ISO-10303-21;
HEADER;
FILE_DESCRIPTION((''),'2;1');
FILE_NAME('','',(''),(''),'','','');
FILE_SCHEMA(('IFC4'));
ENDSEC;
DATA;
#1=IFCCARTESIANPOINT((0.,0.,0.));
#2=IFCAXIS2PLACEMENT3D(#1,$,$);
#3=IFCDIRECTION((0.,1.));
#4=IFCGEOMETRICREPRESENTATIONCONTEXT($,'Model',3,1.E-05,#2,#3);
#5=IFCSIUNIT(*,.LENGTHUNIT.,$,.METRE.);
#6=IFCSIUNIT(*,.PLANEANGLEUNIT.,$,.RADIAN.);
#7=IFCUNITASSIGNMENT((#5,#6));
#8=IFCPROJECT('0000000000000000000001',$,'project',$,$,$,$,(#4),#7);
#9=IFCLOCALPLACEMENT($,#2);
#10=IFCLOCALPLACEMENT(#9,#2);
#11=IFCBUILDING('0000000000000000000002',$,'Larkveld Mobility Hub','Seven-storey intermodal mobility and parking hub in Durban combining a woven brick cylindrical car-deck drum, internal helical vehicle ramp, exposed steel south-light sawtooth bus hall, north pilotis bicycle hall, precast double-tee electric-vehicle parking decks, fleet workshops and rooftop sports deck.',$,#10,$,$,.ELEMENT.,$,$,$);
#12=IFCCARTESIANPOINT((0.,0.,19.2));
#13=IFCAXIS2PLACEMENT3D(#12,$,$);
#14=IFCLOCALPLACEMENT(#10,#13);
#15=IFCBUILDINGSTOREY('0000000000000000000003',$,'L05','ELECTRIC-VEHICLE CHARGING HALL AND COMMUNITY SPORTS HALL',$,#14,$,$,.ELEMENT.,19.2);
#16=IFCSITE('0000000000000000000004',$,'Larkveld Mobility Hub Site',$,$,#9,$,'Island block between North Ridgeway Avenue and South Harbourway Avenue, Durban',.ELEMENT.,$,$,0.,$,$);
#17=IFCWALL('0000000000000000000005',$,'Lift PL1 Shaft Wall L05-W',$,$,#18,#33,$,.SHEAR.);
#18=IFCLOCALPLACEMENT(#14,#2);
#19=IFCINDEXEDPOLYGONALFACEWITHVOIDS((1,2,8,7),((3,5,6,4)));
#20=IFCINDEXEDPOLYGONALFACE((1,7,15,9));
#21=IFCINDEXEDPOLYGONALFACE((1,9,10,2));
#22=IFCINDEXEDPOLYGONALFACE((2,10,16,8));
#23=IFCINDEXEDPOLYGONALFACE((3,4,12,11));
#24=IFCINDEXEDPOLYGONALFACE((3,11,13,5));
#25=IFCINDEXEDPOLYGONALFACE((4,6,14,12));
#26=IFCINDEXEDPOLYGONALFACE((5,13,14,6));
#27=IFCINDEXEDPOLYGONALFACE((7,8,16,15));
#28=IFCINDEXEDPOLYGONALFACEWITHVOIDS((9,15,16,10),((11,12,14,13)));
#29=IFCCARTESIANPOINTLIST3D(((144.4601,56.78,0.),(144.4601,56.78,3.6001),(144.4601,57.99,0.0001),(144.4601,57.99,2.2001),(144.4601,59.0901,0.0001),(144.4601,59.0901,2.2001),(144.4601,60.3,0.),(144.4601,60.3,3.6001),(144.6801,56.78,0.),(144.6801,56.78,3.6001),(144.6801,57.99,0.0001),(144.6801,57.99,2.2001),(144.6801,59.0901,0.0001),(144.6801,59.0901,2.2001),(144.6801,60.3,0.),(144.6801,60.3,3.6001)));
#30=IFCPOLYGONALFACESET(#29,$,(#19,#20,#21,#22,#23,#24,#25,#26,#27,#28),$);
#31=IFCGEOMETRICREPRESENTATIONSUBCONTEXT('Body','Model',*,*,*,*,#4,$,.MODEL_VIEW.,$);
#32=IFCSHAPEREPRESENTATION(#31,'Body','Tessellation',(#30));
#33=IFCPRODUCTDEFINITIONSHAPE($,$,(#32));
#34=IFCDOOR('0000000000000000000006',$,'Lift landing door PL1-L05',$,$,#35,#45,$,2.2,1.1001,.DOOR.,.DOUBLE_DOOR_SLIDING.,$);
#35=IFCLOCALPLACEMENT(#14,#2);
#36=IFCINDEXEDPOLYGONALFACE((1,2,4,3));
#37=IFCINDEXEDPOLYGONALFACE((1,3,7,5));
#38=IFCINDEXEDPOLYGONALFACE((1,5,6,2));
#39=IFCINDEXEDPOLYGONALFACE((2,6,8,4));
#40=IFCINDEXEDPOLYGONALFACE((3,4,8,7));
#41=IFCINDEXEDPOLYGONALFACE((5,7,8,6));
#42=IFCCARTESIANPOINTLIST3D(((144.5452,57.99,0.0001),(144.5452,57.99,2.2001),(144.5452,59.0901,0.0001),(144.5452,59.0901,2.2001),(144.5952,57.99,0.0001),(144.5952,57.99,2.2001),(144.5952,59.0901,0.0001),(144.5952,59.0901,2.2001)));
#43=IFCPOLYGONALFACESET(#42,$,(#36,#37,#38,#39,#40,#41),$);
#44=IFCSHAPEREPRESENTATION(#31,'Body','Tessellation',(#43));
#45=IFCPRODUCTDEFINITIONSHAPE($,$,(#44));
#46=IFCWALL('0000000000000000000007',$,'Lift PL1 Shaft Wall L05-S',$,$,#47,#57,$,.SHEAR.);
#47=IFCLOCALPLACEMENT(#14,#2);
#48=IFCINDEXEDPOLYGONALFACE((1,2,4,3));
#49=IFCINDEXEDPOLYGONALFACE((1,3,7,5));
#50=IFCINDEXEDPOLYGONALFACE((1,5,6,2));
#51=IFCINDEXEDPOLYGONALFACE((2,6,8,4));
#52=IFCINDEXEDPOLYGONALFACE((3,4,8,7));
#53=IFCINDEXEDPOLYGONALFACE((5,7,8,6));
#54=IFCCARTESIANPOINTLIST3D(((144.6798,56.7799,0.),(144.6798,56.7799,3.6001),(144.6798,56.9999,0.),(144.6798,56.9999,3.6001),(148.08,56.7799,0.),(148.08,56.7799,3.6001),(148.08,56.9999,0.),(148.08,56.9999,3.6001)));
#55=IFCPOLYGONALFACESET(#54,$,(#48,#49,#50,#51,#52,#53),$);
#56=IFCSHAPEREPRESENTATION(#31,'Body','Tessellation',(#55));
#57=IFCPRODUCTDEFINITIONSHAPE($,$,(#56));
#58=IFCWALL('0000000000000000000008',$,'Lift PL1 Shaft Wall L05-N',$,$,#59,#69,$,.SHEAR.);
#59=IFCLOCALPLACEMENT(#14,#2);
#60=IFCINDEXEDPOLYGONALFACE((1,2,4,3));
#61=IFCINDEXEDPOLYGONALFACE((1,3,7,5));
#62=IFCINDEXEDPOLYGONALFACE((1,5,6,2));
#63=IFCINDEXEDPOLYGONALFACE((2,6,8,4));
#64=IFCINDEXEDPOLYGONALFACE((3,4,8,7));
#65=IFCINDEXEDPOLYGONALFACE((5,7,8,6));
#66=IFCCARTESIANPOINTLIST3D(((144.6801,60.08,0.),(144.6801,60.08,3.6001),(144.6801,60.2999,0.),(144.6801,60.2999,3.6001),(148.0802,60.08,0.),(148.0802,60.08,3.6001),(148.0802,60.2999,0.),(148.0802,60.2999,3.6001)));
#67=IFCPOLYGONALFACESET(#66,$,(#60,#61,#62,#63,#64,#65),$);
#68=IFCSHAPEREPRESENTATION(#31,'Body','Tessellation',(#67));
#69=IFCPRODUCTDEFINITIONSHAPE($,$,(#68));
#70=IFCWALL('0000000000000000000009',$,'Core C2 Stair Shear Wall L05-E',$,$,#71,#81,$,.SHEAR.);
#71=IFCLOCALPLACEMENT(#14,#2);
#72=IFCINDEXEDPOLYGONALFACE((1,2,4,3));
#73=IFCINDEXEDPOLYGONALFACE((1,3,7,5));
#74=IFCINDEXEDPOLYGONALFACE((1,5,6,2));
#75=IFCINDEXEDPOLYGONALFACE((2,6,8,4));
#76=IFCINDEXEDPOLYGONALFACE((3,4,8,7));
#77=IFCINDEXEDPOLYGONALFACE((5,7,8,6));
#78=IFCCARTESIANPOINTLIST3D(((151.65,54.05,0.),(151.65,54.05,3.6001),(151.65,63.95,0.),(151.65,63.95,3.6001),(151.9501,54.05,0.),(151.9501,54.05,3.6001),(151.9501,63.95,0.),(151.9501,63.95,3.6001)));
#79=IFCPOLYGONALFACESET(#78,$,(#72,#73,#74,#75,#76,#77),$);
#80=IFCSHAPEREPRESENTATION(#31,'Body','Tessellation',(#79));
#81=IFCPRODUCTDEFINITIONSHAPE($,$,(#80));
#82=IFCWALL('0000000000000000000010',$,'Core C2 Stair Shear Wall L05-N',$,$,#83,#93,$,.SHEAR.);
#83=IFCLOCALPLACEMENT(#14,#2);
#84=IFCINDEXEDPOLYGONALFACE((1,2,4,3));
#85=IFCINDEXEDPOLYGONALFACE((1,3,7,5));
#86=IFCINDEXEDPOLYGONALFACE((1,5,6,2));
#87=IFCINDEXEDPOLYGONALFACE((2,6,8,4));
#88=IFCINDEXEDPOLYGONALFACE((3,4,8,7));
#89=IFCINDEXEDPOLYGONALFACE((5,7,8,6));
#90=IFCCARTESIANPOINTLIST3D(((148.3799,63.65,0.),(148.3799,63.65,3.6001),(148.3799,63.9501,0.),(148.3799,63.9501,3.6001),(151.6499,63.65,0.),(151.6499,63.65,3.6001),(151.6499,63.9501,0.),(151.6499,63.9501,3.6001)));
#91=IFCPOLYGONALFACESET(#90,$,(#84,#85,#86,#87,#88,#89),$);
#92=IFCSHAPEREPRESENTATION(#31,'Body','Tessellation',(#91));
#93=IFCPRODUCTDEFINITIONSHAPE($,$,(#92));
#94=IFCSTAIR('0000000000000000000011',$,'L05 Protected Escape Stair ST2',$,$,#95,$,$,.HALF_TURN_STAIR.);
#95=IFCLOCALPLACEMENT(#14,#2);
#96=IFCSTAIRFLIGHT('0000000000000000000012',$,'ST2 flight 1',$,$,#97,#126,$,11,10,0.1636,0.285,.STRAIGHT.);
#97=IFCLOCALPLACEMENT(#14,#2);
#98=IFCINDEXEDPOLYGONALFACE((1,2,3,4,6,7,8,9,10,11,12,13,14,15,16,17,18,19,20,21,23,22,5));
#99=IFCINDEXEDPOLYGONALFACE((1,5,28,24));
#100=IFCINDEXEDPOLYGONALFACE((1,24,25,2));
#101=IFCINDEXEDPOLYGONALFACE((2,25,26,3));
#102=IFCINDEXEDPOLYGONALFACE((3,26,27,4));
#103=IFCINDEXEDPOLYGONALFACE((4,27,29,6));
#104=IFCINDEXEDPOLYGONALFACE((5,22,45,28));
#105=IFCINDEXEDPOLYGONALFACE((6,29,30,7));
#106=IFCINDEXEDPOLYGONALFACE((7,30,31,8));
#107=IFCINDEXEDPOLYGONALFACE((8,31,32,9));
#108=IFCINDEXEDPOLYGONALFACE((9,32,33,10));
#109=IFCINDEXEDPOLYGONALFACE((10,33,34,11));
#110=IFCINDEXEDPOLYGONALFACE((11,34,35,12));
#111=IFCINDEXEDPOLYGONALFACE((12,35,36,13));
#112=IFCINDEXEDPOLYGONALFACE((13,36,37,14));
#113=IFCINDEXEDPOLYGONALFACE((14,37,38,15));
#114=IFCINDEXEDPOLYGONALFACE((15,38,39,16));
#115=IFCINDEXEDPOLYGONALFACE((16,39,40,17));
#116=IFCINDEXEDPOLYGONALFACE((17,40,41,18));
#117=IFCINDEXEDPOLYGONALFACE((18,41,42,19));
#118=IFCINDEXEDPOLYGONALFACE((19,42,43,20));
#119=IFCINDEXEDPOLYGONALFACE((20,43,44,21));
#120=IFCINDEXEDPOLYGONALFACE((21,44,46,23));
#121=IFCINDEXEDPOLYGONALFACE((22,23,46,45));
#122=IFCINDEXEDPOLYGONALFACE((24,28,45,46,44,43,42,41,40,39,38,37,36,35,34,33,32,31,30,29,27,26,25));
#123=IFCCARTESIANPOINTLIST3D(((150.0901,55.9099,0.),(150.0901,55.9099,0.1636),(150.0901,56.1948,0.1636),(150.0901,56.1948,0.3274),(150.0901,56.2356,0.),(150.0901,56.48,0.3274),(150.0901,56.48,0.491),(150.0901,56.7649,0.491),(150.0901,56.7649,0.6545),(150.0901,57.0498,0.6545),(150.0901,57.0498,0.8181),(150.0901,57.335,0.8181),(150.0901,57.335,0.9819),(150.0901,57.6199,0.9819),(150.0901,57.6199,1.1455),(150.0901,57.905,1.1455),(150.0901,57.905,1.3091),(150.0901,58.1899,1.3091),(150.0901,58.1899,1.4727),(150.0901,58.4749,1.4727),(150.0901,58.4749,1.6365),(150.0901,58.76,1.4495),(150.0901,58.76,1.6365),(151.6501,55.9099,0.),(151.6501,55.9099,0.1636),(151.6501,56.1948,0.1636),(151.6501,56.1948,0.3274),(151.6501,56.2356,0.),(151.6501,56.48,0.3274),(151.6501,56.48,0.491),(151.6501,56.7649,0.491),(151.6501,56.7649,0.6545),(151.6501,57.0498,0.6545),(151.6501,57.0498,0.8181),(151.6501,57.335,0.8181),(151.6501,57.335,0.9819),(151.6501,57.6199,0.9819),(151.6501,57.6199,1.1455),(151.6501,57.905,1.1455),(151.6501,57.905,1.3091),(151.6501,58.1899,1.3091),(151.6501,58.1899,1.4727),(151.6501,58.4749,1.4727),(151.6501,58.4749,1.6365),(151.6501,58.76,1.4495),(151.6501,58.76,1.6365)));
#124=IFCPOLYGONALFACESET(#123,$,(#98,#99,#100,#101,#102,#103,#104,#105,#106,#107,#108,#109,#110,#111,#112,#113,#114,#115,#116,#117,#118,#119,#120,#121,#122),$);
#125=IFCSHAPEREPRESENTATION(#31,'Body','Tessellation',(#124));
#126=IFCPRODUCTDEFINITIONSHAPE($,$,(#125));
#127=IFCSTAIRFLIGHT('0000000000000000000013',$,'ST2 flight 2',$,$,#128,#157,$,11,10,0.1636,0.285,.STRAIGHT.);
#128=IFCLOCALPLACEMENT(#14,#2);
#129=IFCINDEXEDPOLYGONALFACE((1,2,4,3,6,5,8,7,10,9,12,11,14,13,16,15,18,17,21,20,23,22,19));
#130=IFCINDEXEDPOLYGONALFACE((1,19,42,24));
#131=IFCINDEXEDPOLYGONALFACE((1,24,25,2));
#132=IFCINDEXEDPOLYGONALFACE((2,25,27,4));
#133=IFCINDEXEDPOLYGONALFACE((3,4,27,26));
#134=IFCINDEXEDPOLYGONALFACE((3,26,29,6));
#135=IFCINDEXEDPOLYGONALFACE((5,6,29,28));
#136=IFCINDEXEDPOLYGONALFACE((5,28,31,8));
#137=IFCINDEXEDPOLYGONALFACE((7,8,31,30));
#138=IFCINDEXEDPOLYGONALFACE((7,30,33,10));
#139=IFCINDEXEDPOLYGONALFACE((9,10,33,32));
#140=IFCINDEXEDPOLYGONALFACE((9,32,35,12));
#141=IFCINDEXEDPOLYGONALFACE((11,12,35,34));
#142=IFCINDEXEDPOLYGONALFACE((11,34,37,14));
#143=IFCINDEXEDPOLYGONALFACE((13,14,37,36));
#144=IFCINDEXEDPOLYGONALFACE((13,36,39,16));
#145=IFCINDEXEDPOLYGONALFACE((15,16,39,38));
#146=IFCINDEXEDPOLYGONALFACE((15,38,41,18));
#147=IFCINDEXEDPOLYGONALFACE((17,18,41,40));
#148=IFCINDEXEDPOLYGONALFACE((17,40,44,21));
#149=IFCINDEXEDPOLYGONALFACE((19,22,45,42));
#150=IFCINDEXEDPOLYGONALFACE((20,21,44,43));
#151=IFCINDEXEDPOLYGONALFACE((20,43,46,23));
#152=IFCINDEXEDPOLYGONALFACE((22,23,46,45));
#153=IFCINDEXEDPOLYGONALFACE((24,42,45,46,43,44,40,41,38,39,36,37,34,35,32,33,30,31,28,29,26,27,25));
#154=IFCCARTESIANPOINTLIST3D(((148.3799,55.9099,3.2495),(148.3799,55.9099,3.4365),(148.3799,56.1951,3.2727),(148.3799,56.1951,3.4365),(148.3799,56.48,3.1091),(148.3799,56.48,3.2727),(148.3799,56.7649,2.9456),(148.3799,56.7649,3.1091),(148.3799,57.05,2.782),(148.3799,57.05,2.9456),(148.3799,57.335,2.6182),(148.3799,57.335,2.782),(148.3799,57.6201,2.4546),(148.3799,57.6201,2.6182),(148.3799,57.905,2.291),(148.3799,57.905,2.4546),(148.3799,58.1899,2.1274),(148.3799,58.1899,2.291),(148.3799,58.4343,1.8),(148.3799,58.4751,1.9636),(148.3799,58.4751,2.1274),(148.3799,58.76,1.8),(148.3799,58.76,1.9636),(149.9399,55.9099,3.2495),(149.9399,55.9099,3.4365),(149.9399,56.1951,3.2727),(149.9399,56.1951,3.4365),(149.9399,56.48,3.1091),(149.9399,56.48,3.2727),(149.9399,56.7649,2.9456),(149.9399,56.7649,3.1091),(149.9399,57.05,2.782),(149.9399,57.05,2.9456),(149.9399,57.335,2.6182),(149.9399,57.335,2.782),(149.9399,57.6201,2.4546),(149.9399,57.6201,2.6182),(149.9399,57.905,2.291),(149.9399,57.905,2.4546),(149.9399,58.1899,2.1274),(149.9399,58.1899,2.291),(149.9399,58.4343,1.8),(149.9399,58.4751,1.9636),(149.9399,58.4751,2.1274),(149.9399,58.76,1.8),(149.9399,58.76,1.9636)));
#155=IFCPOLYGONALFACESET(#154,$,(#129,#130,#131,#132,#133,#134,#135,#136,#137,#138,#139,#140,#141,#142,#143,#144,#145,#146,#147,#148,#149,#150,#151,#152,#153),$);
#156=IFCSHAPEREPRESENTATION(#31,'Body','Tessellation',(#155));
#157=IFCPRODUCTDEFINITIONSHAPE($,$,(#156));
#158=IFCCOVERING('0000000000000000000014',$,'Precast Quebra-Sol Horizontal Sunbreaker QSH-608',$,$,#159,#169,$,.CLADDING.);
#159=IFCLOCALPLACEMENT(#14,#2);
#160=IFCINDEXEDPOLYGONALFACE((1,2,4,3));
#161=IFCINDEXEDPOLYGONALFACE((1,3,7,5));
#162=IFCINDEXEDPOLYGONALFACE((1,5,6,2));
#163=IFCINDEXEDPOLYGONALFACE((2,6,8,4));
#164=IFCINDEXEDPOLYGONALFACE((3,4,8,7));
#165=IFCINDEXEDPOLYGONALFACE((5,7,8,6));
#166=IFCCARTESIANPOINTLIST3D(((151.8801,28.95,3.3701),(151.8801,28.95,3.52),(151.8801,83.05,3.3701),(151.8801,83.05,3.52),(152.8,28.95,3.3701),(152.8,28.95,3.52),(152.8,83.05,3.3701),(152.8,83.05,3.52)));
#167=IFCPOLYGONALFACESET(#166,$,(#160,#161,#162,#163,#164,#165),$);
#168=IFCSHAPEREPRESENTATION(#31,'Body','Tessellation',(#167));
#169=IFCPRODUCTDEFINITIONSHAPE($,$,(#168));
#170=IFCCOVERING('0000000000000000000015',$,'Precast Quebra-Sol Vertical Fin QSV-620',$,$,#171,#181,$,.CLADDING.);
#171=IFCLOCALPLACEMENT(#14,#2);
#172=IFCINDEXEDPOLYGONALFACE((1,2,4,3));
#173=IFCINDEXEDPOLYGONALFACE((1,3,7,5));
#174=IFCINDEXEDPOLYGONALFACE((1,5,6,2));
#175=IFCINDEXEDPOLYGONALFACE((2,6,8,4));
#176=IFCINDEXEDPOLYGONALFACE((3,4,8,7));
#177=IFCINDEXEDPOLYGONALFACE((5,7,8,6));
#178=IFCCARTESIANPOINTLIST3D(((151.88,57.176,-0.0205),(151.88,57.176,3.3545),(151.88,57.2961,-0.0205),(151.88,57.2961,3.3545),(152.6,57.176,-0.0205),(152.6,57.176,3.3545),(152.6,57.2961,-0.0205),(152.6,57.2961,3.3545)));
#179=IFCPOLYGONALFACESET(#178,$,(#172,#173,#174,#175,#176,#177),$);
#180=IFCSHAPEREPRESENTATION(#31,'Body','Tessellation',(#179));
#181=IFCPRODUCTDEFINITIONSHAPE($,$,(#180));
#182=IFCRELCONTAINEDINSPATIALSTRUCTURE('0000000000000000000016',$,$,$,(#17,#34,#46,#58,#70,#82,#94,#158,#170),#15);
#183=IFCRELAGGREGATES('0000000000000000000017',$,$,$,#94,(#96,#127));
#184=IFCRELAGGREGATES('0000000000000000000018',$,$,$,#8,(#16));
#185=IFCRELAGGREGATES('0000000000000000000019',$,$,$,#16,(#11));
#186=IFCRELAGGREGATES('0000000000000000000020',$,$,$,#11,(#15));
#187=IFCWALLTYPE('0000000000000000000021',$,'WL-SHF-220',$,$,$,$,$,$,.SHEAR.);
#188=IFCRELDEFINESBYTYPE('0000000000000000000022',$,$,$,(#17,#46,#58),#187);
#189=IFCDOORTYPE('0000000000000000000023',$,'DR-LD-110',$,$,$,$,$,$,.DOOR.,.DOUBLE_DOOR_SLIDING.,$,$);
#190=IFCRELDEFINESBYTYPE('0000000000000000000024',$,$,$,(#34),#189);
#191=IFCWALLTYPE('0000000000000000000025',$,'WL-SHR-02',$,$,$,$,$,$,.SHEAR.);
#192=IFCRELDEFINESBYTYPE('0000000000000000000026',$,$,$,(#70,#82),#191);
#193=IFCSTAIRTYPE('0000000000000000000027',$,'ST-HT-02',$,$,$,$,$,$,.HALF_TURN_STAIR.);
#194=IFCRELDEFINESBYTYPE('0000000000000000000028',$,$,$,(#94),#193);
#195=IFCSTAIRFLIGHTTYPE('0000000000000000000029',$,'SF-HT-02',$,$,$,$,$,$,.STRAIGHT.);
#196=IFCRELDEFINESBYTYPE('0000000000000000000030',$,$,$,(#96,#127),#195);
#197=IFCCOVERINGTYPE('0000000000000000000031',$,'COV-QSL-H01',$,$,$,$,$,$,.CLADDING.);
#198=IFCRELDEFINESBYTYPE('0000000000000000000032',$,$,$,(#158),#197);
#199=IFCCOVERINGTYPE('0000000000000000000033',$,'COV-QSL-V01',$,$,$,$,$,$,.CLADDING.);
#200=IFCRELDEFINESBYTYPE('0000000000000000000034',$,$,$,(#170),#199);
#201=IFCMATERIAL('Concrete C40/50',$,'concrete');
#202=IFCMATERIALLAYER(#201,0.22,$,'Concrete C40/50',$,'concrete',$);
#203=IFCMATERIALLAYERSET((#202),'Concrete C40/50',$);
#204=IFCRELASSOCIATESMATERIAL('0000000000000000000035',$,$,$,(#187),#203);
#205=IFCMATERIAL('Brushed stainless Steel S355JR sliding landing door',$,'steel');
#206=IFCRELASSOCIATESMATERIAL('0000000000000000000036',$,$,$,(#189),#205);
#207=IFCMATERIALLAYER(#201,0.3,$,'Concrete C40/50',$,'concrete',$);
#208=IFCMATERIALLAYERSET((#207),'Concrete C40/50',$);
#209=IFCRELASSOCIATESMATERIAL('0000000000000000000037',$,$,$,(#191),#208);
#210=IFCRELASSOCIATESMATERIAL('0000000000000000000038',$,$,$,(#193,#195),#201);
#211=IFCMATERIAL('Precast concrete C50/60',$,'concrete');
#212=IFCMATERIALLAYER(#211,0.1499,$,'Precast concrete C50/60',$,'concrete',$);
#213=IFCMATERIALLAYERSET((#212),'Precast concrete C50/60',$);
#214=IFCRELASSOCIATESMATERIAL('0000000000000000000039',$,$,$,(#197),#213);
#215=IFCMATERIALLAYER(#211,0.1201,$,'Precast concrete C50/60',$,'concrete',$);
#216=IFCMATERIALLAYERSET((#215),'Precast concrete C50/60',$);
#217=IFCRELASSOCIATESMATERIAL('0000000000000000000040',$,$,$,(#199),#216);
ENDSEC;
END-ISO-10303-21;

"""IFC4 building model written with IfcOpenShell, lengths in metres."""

from ifc_helpers import new_model, si_unit, direction, frame, frame_2d, origin, origin_2d, place, context, subcontext, project, spatial, polyline, rectangle, outline, extrude, material, layer, layer_set, type_object, element, fill, aggregate, save


model = new_model("IFC4")

# Units and contexts
model_context = context("Model", 3, precision=1e-05, world=origin(), true_north=direction((0.0, 1.0)))
body_context = subcontext(model_context, "Body", "Model", "MODEL_VIEW")
ifc_project = project(units=[si_unit("LENGTHUNIT", "METRE"), si_unit("PLANEANGLEUNIT", "RADIAN")], contexts=[model_context])

# Site, building, storey
site_placement = place(None, origin())
site = spatial("IfcSite", under=ifc_project, at=site_placement, Name="Larkveld Mobility Hub Site", LongName="Island block between North Ridgeway Avenue and South Harbourway Avenue, Durban", CompositionType="ELEMENT", RefElevation=0.0)
building_placement = place(site_placement, origin())
building = spatial("IfcBuilding", under=site, at=building_placement, Name="Larkveld Mobility Hub", Description="Seven-storey intermodal mobility and parking hub in Durban combining a woven brick cylindrical car-deck drum, internal helical vehicle ramp, exposed steel south-light sawtooth bus hall, north pilotis bicycle hall, precast double-tee electric-vehicle parking decks, fleet workshops and rooftop sports deck.", CompositionType="ELEMENT")
storey_placement = place(building_placement, frame((0.0, 0.0, 19.2)))
storey = spatial("IfcBuildingStorey", under=building, at=storey_placement, Name="L05", Description="ELECTRIC-VEHICLE CHARGING HALL AND COMMUNITY SPORTS HALL", CompositionType="ELEMENT", Elevation=19.2)

# Shared definitions
ifc_material_1 = material(Name="Concrete C40/50", Category="concrete")

# Shared definitions
ifc_layer_1 = layer(ifc_material_1, 0.22, Name="Concrete C40/50", Category="concrete")
ifc_layer_set_1 = layer_set([ifc_layer_1], Name="Concrete C40/50")
wall_type_1 = type_object("IfcWallType", Name="WL-SHF-220", PredefinedType="SHEAR", material=ifc_layer_set_1)

# Wall, opening, door
wall_1_placement = place(storey_placement, frame((144.5701, 56.78, 0.0), z_axis=(0.0, 0.0, 1.0), x_axis=(0.0, 1.0, 0.0)))
wall_1 = element("IfcWall", 1, at=wall_1_placement, inside=storey, type_object=wall_type_1, Name="Lift PL1 Shaft Wall L05-W", PredefinedType="SHEAR", context=body_context, shape_type="SweptSolid", body=[
    extrude(rectangle(XDim=3.52, YDim=0.22, at=frame_2d((1.76, 0.0))), origin(), (0.0, 0.0, 1.0), 3.6001),
])
opening_placement = place(wall_1_placement, frame((1.21, 0.0, 0.0)))
opening = element("IfcOpeningElement", 2, at=opening_placement, cuts=wall_1, PredefinedType="OPENING", context=body_context, shape_type="SweptSolid", body=[
    extrude(rectangle(XDim=1.1001, YDim=2.2, at=frame_2d((0.55, 1.1001))), frame((0.0, 0.1201, 0.0), z_axis=(0.0, -1.0, 0.0), x_axis=(1.0, 0.0, 0.0)), (0.0, 0.0, 1.0), 0.24),
])
ifc_material_2 = material(Name="Brushed stainless Steel S355JR sliding landing door", Category="steel")
door_type = type_object("IfcDoorType", Name="DR-LD-110", OperationType="DOUBLE_DOOR_SLIDING", PredefinedType="DOOR", material=ifc_material_2)
door_placement = place(opening_placement, origin())
door = element("IfcDoor", 3, at=door_placement, inside=storey, type_object=door_type, Name="Lift landing door PL1-L05", OperationType="DOUBLE_DOOR_SLIDING", OverallHeight=2.2, OverallWidth=1.1001, PredefinedType="DOOR", context=body_context, shape_type="SweptSolid", body=[
    extrude(rectangle(XDim=1.1001, YDim=2.2, at=frame_2d((0.55, 1.1001))), frame((0.0, 0.0249, 0.0), z_axis=(0.0, -1.0, 0.0), x_axis=(1.0, 0.0, 0.0)), (0.0, 0.0, 1.0), 0.05),
])
fill(opening, door)

# Walls
for number, where, z_axis, x_axis, name in (
    (4, (148.0801, 56.8899, 0.0), (0.0, 0.0, 1.0), (-1.0, 0.0, 0.0), "Lift PL1 Shaft Wall L05-S"),
    (5, (144.6799, 60.1899, 0.0), (0.0, 0.0, 1.0), (1.0, 0.0, 0.0), "Lift PL1 Shaft Wall L05-N"),
):
    element("IfcWall", number, at=place(storey_placement, frame(where, z_axis=z_axis, x_axis=x_axis)), inside=storey, type_object=wall_type_1, Name=name, PredefinedType="SHEAR", context=body_context, shape_type="SweptSolid", body=[
        extrude(rectangle(XDim=3.4001, YDim=0.22, at=frame_2d((1.7002, 0.0))), origin(), (0.0, 0.0, 1.0), 3.6001),
    ])
ifc_layer_2 = layer(ifc_material_1, 0.3, Name="Concrete C40/50", Category="concrete")
ifc_layer_set_2 = layer_set([ifc_layer_2], Name="Concrete C40/50")
wall_type_2 = type_object("IfcWallType", Name="WL-SHR-02", PredefinedType="SHEAR", material=ifc_layer_set_2)
wall_2_placement = place(storey_placement, frame((151.8, 63.95, 0.0), z_axis=(0.0, 0.0, 1.0), x_axis=(0.0, -1.0, 0.0)))
element("IfcWall", 6, at=wall_2_placement, inside=storey, type_object=wall_type_2, Name="Core C2 Stair Shear Wall L05-E", PredefinedType="SHEAR", context=body_context, shape_type="SweptSolid", body=[
    extrude(rectangle(XDim=9.8999, YDim=0.3, at=frame_2d((4.95, 0.0))), origin(), (0.0, 0.0, 1.0), 3.6001),
])
wall_3_placement = place(storey_placement, frame((148.3799, 63.8, 0.0), z_axis=(0.0, 0.0, 1.0), x_axis=(1.0, 0.0, 0.0)))
element("IfcWall", 7, at=wall_3_placement, inside=storey, type_object=wall_type_2, Name="Core C2 Stair Shear Wall L05-N", PredefinedType="SHEAR", context=body_context, shape_type="SweptSolid", body=[
    extrude(rectangle(XDim=3.27, YDim=0.3, at=frame_2d((1.635, 0.0))), origin(), (0.0, 0.0, 1.0), 3.6001),
])

# Stair, stair flights
stair_type = type_object("IfcStairType", Name="ST-HT-02", PredefinedType="HALF_TURN_STAIR", material=ifc_material_1)
stair_placement = place(storey_placement, origin())
stair = element("IfcStair", 8, at=stair_placement, inside=storey, type_object=stair_type, Name="L05 Protected Escape Stair ST2", PredefinedType="HALF_TURN_STAIR")
stair_flight_type = type_object("IfcStairFlightType", Name="SF-HT-02", PredefinedType="STRAIGHT", material=ifc_material_1)
stair_flight_1_placement = place(storey_placement, frame((150.8701, 55.9099, 0.0), z_axis=(0.0, 0.0, 1.0), x_axis=(0.0, 1.0, 0.0)))
stair_flight_1 = element("IfcStairFlight", 9, at=stair_flight_1_placement, type_object=stair_flight_type, Name="ST2 flight 1", NumberOfRisers=11, NumberOfTreads=10, PredefinedType="STRAIGHT", RiserHeight=0.1636, TreadLength=0.285, context=body_context, shape_type="SweptSolid", body=[
    extrude(outline(polyline([(0.0, 0.0), (0.0, 0.1636), (0.2849, 0.1636), (0.2849, 0.3274), (0.5701, 0.3274), (0.5701, 0.491), (0.855, 0.491), (0.855, 0.6545), (1.1399, 0.6545), (1.1399, 0.8181), (1.425, 0.8181), (1.425, 0.9819), (1.71, 0.9819), (1.71, 1.1455), (1.9951, 1.1455), (1.9951, 1.3091), (2.28, 1.3091), (2.28, 1.4727), (2.5649, 1.4727), (2.5649, 1.6365), (2.8501, 1.6365), (2.8501, 1.8), (2.8501, 1.4495), (0.3257, 0.0), (0.0, 0.0)])), frame((0.0, 0.78, 0.0), z_axis=(0.0, -1.0, 0.0), x_axis=(1.0, 0.0, 0.0)), (0.0, 0.0, 1.0), 1.5601),
])
stair_flight_2_placement = place(storey_placement, frame((149.1599, 58.76, 1.8), z_axis=(0.0, 0.0, 1.0), x_axis=(0.0, -1.0, 0.0)))
stair_flight_2 = element("IfcStairFlight", 10, at=stair_flight_2_placement, type_object=stair_flight_type, Name="ST2 flight 2", NumberOfRisers=11, NumberOfTreads=10, PredefinedType="STRAIGHT", RiserHeight=0.1636, TreadLength=0.285, context=body_context, shape_type="SweptSolid", body=[
    extrude(outline(polyline([(0.0, 0.0), (0.0, 0.1636), (0.2849, 0.1636), (0.2849, 0.3274), (0.5701, 0.3274), (0.5701, 0.491), (0.855, 0.491), (0.855, 0.6545), (1.1399, 0.6545), (1.1399, 0.8181), (1.425, 0.8181), (1.425, 0.9819), (1.71, 0.9819), (1.71, 1.1455), (1.9951, 1.1455), (1.9951, 1.3091), (2.28, 1.3091), (2.28, 1.4727), (2.5649, 1.4727), (2.5649, 1.6365), (2.8501, 1.6365), (2.8501, 1.8), (2.8501, 1.4495), (0.3257, 0.0), (0.0, 0.0)])), frame((0.0, 0.78, 0.0), z_axis=(0.0, -1.0, 0.0), x_axis=(1.0, 0.0, 0.0)), (0.0, 0.0, 1.0), 1.5601),
])
aggregate(stair, [stair_flight_1, stair_flight_2])

# Coverings
ifc_material_3 = material(Name="Precast concrete C50/60", Category="concrete")
ifc_layer_3 = layer(ifc_material_3, 0.1499, Name="Precast concrete C50/60", Category="concrete")
ifc_layer_set_3 = layer_set([ifc_layer_3], Name="Precast concrete C50/60")
covering_type_1 = type_object("IfcCoveringType", Name="COV-QSL-H01", PredefinedType="CLADDING", material=ifc_layer_set_3)
covering_placement = place(storey_placement, frame((152.3401, 56.0, 3.3701), z_axis=(0.0, 0.0, 1.0), x_axis=(0.0, 1.0, 0.0)))
element("IfcCovering", 11, at=covering_placement, inside=storey, type_object=covering_type_1, Name="Precast Quebra-Sol Horizontal Sunbreaker QSH-608", PredefinedType="CLADDING", context=body_context, shape_type="SweptSolid", body=[
    extrude(rectangle(XDim=54.1001, YDim=0.9199, at=origin_2d()), origin(), (0.0, 0.0, 1.0), 0.1499),
])
ifc_layer_4 = layer(ifc_material_3, 0.1201, Name="Precast concrete C50/60", Category="concrete")
ifc_layer_set_4 = layer_set([ifc_layer_4], Name="Precast concrete C50/60")
covering_type_2 = type_object("IfcCoveringType", Name="COV-QSL-V01", PredefinedType="CLADDING", material=ifc_layer_set_4)
for number, where, z_axis, x_axis, name in (
    (12, (152.24, 57.2361, -0.0205), (0.0, 0.0, 1.0), (0.0, 1.0, 0.0), "Precast Quebra-Sol Vertical Fin QSV-620"),
):
    element("IfcCovering", number, at=place(storey_placement, frame(where, z_axis=z_axis, x_axis=x_axis)), inside=storey, type_object=covering_type_2, Name=name, PredefinedType="CLADDING", context=body_context, shape_type="SweptSolid", body=[
        extrude(rectangle(XDim=0.1201, YDim=0.72, at=origin_2d()), origin(), (0.0, 0.0, 1.0), 3.375),
    ])

save(model, "model.ifc")
